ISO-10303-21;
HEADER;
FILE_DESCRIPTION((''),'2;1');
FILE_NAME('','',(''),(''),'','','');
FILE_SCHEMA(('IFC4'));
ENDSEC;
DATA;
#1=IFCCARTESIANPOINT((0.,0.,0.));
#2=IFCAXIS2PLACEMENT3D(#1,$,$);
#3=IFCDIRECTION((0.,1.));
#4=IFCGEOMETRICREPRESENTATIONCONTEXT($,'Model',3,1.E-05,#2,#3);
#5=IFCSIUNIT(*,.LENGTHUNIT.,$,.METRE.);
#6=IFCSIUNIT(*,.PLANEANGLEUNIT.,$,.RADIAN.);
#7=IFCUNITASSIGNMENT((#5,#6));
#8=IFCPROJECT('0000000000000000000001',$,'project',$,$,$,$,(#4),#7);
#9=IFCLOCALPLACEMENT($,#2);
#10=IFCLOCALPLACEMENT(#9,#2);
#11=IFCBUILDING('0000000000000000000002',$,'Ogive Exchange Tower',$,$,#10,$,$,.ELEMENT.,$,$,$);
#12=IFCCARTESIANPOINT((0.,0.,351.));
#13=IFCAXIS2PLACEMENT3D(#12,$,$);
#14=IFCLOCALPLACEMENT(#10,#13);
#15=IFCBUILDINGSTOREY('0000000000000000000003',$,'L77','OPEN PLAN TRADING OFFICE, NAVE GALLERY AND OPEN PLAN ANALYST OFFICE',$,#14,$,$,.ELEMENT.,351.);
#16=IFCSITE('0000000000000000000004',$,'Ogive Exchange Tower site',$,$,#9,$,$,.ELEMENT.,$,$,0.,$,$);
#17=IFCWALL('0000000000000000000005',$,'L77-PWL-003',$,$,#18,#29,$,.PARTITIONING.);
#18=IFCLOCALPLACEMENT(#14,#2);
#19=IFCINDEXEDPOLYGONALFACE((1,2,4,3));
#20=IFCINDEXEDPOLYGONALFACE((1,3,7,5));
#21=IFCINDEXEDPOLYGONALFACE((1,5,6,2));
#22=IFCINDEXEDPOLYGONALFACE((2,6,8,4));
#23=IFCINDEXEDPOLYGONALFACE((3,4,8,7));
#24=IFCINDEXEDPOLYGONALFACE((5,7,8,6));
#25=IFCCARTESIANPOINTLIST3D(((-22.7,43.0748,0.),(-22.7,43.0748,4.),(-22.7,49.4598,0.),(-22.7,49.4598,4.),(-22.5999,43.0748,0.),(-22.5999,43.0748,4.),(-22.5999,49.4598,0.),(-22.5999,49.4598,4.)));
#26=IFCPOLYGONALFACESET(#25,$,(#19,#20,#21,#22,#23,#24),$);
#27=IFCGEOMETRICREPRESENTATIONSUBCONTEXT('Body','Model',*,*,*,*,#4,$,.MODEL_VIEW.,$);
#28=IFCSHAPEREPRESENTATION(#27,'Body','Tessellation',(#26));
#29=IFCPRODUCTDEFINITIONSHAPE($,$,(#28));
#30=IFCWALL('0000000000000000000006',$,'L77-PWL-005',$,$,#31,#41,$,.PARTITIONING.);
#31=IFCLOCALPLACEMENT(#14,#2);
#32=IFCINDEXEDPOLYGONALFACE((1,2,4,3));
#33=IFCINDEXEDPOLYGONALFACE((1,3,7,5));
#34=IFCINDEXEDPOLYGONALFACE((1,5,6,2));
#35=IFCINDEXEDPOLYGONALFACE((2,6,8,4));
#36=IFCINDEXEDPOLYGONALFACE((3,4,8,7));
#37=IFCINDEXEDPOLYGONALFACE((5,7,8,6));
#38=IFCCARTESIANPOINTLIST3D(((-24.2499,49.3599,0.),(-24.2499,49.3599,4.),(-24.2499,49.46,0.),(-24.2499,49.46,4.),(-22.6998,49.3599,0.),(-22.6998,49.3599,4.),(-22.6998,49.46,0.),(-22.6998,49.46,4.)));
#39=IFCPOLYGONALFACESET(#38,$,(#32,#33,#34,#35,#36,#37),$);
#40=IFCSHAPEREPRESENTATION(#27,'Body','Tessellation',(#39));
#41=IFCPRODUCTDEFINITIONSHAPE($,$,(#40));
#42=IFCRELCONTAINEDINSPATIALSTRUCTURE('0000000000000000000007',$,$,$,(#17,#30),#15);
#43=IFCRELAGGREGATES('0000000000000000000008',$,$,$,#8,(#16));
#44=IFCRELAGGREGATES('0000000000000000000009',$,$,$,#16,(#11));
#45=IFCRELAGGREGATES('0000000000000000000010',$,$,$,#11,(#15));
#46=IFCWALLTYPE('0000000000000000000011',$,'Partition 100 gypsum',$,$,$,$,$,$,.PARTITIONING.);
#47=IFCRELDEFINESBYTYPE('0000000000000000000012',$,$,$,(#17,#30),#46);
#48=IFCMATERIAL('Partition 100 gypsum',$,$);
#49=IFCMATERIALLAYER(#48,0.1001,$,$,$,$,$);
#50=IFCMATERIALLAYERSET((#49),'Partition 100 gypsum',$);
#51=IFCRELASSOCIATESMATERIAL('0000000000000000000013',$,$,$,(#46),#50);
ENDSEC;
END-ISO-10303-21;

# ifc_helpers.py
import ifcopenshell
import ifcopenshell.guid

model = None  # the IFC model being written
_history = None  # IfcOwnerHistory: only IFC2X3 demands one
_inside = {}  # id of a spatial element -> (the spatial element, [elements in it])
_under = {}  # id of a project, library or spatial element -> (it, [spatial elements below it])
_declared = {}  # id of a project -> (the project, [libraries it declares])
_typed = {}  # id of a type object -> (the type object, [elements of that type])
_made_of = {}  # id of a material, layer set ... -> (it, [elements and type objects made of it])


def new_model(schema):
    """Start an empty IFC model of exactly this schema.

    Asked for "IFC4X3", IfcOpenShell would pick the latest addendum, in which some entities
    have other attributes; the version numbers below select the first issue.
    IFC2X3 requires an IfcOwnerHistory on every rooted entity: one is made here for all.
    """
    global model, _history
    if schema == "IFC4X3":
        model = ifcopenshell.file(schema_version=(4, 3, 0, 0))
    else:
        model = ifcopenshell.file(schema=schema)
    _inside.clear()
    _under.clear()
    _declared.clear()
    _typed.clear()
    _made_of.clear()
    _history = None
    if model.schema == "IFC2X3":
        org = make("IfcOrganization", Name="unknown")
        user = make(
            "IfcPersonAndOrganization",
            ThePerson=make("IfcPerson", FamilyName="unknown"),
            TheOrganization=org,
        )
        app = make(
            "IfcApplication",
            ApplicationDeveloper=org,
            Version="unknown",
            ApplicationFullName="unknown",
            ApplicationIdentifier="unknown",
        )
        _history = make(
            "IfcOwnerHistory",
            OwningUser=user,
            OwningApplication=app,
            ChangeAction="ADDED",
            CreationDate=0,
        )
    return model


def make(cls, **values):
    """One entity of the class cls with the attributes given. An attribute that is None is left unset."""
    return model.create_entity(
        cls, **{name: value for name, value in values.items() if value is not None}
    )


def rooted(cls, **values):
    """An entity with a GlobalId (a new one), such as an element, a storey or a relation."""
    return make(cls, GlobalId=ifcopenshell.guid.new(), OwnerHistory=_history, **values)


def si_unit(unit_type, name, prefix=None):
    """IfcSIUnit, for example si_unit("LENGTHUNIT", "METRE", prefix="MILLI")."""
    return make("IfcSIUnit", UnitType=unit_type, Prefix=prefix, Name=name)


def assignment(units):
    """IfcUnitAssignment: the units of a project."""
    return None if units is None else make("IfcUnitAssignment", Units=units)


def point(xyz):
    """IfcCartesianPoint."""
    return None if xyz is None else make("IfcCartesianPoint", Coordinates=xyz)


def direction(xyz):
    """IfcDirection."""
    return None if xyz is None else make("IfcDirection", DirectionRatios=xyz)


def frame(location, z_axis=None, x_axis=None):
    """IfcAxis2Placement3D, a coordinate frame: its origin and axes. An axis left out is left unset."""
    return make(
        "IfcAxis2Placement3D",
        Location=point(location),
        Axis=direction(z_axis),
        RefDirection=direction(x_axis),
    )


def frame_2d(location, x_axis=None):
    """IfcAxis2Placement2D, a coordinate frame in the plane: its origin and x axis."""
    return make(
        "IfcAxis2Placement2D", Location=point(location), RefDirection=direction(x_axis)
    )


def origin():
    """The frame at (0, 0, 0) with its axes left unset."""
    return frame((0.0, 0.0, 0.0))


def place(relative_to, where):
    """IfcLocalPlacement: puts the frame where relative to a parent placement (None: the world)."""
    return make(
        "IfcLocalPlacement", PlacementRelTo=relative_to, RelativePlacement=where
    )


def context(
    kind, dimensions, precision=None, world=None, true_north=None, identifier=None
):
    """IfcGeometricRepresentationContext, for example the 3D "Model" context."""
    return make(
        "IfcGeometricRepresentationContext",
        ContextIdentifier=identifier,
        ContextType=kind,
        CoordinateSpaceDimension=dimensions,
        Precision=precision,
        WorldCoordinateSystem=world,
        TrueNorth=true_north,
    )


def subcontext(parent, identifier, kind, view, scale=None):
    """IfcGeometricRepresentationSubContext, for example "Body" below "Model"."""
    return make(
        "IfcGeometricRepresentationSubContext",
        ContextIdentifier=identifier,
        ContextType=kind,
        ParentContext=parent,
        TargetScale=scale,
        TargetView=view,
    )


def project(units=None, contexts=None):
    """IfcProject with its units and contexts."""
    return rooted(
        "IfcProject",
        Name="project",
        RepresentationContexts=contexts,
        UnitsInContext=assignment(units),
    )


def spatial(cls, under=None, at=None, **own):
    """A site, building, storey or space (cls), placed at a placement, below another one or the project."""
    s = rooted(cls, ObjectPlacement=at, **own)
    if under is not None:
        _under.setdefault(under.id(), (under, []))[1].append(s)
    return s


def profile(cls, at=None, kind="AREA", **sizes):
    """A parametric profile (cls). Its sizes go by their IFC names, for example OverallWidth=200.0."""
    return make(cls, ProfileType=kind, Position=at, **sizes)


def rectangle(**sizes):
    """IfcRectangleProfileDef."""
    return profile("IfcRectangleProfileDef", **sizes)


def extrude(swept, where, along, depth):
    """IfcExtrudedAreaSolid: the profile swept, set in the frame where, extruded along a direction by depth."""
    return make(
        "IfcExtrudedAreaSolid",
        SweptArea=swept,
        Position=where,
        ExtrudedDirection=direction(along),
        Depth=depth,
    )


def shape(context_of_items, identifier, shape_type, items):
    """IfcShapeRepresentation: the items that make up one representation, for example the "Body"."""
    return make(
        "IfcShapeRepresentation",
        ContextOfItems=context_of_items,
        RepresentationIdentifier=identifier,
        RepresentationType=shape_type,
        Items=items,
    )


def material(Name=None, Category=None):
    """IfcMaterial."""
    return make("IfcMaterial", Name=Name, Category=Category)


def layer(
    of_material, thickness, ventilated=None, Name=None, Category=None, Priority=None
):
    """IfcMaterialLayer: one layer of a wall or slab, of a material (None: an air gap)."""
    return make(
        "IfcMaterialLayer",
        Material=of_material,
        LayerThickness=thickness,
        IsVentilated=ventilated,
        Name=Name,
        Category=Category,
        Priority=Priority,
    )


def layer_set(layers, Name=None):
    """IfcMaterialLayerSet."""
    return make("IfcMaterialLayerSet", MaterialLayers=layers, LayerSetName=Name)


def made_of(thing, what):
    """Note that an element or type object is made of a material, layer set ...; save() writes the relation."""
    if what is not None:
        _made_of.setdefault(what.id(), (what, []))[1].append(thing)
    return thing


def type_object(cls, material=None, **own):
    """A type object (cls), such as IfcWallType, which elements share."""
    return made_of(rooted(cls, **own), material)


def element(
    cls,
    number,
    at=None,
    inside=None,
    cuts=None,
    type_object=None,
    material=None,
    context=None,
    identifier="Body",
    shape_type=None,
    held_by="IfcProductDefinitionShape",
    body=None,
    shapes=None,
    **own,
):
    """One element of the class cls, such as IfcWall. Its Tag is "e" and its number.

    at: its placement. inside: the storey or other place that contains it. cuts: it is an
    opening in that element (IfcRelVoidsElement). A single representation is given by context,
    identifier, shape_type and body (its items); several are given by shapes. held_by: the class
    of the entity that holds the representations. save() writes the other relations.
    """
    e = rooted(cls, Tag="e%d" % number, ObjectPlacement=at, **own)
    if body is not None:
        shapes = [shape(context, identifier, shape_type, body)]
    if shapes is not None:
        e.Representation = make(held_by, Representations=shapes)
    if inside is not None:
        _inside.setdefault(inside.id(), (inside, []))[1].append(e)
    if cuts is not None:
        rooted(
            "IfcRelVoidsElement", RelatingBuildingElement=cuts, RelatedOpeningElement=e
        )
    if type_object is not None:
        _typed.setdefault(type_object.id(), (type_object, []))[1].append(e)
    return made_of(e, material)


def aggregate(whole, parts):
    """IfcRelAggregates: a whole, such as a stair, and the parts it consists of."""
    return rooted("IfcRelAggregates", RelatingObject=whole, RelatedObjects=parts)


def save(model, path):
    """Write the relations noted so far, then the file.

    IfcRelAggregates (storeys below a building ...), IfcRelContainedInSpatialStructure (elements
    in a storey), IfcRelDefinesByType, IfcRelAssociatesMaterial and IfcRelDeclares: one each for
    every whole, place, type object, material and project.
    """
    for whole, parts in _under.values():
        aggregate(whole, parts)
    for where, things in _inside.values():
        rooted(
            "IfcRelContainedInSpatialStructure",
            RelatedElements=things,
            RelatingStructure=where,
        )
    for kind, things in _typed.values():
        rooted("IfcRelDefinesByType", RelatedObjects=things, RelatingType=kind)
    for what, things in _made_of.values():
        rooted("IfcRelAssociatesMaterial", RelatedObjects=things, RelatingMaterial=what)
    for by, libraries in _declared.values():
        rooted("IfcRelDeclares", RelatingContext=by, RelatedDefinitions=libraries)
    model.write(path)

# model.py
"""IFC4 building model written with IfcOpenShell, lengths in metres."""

from ifc_helpers import new_model, si_unit, direction, frame, frame_2d, origin, place, context, subcontext, project, spatial, rectangle, extrude, material, layer, layer_set, type_object, element, save


model = new_model("IFC4")

# Units and contexts
model_context = context("Model", 3, precision=1e-05, world=origin(), true_north=direction((0.0, 1.0)))
body_context = subcontext(model_context, "Body", "Model", "MODEL_VIEW")
ifc_project = project(units=[si_unit("LENGTHUNIT", "METRE"), si_unit("PLANEANGLEUNIT", "RADIAN")], contexts=[model_context])

# Site, building, storey
site_placement = place(None, origin())
site = spatial("IfcSite", under=ifc_project, at=site_placement, Name="Ogive Exchange Tower site", CompositionType="ELEMENT", RefElevation=0.0)
building_placement = place(site_placement, origin())
building = spatial("IfcBuilding", under=site, at=building_placement, Name="Ogive Exchange Tower", CompositionType="ELEMENT")
storey_placement = place(building_placement, frame((0.0, 0.0, 351.0)))
storey = spatial("IfcBuildingStorey", under=building, at=storey_placement, Name="L77", Description="OPEN PLAN TRADING OFFICE, NAVE GALLERY AND OPEN PLAN ANALYST OFFICE", CompositionType="ELEMENT", Elevation=351.0)

# Walls
ifc_material_1 = material(Name="Partition 100 gypsum")
ifc_layer_1 = layer(ifc_material_1, 0.1001)
ifc_layer_set_1 = layer_set([ifc_layer_1], Name="Partition 100 gypsum")
wall_type_1 = type_object("IfcWallType", Name="Partition 100 gypsum", PredefinedType="PARTITIONING", material=ifc_layer_set_1)
wall_1_placement = place(storey_placement, frame((-22.6499, 43.075, 0.0), z_axis=(0.0, 0.0, 1.0), x_axis=(0.0, 1.0, 0.0)))
element("IfcWall", 1, at=wall_1_placement, inside=storey, type_object=wall_type_1, Name="L77-PWL-003", PredefinedType="PARTITIONING", context=body_context, shape_type="SweptSolid", body=[
    extrude(rectangle(XDim=6.385, YDim=0.1001, at=frame_2d((3.1924, 0.0))), origin(), (0.0, 0.0, 1.0), 4.0),
])
wall_2_placement = place(storey_placement, frame((-22.7, 49.4099, 0.0), z_axis=(0.0, 0.0, 1.0), x_axis=(-1.0, 0.0, 0.0)))
element("IfcWall", 2, at=wall_2_placement, inside=storey, type_object=wall_type_1, Name="L77-PWL-005", PredefinedType="PARTITIONING", context=body_context, shape_type="SweptSolid", body=[
    extrude(rectangle(XDim=1.55, YDim=0.1001, at=frame_2d((0.7749, 0.0))), origin(), (0.0, 0.0, 1.0), 4.0),
])

save(model, "model.ifc")
